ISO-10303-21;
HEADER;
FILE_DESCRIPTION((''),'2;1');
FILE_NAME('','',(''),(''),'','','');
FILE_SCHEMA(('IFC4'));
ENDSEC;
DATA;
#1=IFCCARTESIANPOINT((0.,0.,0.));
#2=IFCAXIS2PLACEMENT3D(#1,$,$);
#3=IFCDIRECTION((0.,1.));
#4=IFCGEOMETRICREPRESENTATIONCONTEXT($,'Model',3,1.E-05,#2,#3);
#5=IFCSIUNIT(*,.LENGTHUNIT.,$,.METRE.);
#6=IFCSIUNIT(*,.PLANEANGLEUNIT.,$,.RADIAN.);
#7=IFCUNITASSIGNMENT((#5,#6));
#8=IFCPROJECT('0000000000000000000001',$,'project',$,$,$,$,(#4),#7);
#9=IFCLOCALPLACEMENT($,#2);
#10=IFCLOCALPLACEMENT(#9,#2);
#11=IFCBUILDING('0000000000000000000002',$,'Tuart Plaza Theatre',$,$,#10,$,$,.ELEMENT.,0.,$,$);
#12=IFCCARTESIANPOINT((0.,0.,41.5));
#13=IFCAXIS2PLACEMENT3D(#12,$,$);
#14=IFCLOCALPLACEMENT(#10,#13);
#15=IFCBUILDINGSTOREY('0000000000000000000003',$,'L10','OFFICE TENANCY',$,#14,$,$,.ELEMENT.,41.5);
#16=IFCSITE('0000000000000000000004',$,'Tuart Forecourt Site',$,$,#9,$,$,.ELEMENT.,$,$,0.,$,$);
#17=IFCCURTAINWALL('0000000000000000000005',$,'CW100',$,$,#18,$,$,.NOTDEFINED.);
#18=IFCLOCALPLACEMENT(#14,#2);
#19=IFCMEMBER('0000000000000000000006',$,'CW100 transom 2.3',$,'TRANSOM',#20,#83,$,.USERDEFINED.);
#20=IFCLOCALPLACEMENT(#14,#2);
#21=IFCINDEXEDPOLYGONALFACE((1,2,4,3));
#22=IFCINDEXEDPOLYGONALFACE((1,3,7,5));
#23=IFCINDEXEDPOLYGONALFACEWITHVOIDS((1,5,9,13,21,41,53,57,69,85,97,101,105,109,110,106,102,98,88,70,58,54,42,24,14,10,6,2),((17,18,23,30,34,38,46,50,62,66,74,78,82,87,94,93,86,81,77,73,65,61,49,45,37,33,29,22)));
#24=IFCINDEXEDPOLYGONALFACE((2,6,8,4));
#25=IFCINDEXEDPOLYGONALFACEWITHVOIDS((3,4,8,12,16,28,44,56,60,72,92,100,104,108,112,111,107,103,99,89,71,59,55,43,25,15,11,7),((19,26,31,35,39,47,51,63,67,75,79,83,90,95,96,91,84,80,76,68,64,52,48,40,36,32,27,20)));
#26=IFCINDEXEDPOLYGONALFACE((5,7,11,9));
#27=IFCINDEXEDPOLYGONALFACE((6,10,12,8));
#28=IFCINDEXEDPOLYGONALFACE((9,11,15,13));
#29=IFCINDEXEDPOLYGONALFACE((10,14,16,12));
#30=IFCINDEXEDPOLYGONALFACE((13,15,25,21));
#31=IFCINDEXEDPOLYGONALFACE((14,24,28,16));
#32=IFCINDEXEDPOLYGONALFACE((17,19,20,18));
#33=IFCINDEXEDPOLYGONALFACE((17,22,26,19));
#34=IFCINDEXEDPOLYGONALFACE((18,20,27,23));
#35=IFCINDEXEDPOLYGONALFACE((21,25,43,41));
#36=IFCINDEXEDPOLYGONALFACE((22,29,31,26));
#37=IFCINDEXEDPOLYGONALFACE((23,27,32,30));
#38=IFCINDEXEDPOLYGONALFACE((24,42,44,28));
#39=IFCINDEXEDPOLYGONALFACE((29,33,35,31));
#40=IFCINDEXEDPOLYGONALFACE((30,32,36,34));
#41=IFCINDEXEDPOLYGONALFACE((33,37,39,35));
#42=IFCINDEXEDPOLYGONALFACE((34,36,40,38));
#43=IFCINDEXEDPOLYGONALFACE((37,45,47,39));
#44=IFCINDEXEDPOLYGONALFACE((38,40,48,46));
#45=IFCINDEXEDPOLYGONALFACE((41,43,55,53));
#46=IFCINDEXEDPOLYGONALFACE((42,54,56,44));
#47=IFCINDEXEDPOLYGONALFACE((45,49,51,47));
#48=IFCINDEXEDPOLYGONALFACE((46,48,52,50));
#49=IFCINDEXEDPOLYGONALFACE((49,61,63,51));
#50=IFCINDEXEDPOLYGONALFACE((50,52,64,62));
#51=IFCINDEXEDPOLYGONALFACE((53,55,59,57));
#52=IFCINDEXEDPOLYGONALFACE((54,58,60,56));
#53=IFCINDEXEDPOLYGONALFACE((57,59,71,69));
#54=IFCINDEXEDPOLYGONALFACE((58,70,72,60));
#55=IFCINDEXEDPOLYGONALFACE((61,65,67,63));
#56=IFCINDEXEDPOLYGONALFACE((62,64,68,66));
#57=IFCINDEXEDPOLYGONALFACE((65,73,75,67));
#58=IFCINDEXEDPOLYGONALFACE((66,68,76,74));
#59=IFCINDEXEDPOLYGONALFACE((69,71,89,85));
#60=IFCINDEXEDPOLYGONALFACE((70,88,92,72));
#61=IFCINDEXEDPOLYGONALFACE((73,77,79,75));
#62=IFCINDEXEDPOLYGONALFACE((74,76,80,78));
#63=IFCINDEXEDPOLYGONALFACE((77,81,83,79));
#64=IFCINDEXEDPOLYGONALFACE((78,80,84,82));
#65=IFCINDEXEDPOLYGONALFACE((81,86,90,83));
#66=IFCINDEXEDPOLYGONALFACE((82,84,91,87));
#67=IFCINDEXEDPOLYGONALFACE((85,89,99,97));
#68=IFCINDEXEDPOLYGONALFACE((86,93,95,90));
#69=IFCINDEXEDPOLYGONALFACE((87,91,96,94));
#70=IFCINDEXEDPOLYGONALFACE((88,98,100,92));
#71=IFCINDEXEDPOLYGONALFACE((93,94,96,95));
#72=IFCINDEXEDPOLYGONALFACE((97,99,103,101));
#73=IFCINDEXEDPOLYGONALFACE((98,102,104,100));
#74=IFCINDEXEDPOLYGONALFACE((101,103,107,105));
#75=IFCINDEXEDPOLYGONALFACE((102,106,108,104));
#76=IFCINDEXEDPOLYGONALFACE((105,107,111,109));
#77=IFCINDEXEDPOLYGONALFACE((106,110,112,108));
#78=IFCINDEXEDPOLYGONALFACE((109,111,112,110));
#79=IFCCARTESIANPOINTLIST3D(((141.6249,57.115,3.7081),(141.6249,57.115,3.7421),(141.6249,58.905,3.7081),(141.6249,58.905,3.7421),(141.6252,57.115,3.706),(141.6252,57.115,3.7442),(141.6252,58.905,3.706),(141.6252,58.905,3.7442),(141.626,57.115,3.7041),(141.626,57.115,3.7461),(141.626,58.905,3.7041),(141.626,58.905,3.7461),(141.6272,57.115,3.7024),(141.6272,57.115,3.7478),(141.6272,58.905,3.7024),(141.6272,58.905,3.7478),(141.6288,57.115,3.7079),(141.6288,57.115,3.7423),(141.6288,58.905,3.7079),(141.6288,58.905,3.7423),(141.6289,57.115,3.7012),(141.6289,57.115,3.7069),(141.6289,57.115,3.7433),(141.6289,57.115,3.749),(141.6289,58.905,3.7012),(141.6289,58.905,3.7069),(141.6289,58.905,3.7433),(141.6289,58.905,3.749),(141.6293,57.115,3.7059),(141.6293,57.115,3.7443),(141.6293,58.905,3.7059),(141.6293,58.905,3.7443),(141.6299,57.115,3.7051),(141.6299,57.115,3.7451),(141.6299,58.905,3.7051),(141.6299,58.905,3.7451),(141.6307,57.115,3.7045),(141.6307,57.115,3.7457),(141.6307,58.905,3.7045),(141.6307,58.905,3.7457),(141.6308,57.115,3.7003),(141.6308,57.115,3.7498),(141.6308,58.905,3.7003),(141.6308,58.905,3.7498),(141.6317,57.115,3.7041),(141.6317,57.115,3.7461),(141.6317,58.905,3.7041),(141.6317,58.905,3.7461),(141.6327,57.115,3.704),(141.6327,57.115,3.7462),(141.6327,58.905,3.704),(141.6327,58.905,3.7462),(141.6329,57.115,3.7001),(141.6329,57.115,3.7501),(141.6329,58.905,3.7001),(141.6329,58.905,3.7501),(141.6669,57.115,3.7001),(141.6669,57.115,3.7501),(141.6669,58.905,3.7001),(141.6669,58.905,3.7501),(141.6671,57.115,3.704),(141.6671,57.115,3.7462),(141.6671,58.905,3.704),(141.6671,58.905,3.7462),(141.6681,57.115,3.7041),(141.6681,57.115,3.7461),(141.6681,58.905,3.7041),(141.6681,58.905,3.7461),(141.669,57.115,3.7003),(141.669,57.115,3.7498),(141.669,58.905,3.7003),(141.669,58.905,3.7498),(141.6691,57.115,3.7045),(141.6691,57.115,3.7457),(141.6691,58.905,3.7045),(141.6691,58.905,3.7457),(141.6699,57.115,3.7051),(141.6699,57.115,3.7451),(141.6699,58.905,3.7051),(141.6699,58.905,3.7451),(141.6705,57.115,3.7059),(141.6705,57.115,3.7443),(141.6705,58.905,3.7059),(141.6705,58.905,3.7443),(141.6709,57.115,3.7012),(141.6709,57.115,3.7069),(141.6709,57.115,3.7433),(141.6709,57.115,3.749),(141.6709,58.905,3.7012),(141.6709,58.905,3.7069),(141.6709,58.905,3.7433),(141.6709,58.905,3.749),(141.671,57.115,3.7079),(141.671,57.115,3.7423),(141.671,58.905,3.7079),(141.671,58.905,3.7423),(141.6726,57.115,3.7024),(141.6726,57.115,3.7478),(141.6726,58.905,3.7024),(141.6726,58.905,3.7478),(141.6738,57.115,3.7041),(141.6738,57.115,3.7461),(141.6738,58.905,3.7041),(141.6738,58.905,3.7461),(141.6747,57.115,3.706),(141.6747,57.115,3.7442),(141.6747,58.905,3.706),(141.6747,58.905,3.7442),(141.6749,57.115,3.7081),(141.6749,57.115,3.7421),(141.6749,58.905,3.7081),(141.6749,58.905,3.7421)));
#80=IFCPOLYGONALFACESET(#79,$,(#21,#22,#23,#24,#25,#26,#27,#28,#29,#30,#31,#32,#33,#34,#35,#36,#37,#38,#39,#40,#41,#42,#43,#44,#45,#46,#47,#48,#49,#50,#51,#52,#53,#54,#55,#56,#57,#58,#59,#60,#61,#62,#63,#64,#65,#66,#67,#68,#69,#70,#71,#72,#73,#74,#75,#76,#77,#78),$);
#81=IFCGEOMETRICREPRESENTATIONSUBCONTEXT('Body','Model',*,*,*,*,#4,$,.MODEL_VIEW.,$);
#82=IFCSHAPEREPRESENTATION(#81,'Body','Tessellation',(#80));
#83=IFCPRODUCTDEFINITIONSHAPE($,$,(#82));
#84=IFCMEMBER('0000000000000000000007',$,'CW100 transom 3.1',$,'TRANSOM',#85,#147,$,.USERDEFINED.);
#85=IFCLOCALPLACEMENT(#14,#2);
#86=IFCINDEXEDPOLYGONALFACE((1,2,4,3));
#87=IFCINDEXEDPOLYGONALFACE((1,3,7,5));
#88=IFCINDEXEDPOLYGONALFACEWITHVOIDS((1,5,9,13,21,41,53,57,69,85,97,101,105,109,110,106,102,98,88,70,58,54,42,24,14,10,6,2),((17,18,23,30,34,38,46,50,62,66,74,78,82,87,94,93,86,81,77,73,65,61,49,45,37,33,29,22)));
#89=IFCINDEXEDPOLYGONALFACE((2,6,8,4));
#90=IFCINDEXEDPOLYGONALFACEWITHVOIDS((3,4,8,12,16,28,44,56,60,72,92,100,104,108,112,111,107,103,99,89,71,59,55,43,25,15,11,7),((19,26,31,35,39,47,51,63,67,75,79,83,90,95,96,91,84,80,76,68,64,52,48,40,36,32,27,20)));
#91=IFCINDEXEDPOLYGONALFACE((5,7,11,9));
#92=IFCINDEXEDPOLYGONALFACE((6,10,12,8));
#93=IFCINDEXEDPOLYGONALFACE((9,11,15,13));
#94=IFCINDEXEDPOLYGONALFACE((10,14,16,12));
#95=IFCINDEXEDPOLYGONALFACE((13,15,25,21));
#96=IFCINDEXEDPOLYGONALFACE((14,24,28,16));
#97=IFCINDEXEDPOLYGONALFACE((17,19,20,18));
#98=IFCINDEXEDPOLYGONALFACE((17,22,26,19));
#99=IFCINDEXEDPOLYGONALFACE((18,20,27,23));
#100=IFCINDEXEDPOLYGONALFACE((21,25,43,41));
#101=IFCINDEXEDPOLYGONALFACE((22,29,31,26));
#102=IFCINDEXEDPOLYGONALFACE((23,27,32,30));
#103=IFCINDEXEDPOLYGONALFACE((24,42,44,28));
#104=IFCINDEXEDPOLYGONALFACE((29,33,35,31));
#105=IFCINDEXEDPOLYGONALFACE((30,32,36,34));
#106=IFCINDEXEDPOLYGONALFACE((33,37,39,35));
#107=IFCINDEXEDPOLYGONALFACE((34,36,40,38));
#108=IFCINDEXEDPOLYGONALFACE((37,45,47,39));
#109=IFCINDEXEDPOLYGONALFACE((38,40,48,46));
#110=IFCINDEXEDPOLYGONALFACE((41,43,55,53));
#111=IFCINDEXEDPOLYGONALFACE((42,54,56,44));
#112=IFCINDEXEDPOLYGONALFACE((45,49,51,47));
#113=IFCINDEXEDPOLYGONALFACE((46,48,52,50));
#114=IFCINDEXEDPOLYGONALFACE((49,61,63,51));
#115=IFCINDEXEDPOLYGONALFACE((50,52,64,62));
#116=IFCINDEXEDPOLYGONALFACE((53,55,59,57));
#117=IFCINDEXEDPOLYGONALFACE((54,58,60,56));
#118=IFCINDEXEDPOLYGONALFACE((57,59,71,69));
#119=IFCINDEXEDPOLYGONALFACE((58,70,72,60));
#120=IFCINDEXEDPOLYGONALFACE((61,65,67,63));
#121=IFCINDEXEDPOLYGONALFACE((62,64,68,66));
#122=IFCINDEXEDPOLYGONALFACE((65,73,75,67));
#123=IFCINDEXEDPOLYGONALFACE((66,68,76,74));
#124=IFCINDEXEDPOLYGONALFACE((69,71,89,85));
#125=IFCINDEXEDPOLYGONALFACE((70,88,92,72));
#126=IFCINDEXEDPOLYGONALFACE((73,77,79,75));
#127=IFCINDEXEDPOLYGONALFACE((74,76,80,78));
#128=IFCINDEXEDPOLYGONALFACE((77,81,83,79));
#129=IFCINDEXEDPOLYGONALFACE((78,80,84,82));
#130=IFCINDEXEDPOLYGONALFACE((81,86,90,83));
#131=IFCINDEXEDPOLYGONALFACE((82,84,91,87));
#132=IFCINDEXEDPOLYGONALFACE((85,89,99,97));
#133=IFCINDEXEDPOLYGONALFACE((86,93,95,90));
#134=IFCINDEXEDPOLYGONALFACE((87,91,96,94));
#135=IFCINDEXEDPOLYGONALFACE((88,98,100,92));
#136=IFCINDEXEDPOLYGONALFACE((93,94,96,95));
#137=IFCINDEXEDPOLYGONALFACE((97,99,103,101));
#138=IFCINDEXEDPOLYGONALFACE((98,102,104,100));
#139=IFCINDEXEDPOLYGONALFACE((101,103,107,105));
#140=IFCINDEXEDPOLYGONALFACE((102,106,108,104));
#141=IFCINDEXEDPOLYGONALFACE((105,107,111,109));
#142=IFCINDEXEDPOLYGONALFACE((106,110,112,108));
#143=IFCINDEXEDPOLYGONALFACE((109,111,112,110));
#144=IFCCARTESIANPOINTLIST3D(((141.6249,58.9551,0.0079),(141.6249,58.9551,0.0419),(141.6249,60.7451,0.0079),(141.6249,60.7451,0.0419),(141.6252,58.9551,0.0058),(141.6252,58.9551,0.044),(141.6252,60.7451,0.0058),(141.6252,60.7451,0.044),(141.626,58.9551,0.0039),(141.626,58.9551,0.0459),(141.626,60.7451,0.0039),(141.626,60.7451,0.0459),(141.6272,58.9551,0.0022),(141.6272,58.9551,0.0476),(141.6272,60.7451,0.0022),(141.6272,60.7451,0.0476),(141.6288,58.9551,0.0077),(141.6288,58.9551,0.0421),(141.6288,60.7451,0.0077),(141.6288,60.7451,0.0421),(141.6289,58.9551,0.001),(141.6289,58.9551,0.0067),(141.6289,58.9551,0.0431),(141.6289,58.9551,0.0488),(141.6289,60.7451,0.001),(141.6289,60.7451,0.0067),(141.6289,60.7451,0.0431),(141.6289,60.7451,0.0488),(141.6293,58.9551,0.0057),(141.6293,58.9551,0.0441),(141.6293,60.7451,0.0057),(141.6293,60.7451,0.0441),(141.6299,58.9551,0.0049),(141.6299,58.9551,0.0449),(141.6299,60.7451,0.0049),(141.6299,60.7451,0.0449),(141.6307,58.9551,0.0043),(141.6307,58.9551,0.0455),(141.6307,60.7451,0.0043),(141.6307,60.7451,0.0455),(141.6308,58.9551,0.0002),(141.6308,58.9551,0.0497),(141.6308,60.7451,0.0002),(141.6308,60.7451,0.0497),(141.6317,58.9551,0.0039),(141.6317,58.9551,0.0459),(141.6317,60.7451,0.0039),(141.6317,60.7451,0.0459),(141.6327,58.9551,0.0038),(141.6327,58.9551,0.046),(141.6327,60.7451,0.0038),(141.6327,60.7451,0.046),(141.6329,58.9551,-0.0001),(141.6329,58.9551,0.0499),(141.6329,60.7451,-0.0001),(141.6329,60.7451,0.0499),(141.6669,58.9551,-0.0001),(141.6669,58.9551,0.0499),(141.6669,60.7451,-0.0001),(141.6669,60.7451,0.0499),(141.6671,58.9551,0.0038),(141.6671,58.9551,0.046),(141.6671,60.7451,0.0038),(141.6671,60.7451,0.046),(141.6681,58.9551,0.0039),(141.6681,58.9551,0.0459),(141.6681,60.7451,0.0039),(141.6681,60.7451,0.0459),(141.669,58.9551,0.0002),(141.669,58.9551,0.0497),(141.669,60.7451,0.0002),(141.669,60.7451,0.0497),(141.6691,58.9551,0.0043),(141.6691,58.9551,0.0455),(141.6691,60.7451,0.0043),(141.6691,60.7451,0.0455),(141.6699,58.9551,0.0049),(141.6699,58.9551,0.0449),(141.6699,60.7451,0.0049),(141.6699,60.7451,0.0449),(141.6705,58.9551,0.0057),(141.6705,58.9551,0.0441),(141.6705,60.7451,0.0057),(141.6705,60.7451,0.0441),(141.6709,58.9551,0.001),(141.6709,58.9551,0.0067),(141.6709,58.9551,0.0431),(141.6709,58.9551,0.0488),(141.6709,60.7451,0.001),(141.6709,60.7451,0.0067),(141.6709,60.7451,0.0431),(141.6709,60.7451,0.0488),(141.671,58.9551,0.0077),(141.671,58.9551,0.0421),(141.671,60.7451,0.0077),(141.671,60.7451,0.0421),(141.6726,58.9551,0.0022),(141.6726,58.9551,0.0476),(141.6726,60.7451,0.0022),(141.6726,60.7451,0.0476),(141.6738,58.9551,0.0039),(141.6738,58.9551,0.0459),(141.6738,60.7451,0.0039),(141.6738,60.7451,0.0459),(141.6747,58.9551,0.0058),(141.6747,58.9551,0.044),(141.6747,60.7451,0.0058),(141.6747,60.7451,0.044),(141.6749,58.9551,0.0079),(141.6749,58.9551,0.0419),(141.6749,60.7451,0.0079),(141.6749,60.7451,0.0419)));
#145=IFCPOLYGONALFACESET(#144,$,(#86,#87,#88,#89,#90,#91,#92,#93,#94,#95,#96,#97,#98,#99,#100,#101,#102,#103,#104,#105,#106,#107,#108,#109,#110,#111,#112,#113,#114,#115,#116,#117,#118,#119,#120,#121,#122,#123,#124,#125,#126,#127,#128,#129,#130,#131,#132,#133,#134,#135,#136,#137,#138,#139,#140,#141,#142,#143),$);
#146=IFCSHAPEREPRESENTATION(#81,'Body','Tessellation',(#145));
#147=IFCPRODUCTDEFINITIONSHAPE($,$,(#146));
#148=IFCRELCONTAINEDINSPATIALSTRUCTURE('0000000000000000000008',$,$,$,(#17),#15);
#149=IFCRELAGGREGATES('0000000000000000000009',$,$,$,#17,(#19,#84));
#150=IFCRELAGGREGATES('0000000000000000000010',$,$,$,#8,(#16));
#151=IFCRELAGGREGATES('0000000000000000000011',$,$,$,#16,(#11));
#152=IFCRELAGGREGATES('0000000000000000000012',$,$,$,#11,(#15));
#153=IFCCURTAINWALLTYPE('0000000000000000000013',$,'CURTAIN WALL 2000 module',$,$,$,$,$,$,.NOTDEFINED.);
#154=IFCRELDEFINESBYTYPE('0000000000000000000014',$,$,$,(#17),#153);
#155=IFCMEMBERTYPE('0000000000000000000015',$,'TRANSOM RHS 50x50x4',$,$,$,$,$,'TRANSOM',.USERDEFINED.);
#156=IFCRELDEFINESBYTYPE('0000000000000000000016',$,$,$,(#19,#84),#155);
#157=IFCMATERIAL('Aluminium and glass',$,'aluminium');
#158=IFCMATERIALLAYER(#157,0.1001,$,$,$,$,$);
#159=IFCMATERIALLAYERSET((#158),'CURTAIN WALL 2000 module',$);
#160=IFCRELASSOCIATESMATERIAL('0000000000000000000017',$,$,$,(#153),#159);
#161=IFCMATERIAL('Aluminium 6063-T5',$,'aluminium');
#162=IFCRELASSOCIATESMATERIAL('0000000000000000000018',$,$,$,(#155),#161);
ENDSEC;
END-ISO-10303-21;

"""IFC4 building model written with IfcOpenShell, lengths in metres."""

from ifc_helpers import new_model, si_unit, direction, frame, origin, origin_2d, place, context, subcontext, project, spatial, hollow_rectangle, extrude, material, layer, layer_set, material_profile, profile_set, type_object, element, aggregate, save


model = new_model("IFC4")

# Units and contexts
model_context = context("Model", 3, precision=1e-05, world=origin(), true_north=direction((0.0, 1.0)))
body_context = subcontext(model_context, "Body", "Model", "MODEL_VIEW")
ifc_project = project(units=[si_unit("LENGTHUNIT", "METRE"), si_unit("PLANEANGLEUNIT", "RADIAN")], contexts=[model_context])

# Site, building, storey
site_placement = place(None, origin())
site = spatial("IfcSite", under=ifc_project, at=site_placement, Name="Tuart Forecourt Site", CompositionType="ELEMENT", RefElevation=0.0)
building_placement = place(site_placement, origin())
building = spatial("IfcBuilding", under=site, at=building_placement, Name="Tuart Plaza Theatre", CompositionType="ELEMENT", ElevationOfRefHeight=0.0)
storey_placement = place(building_placement, frame((0.0, 0.0, 41.5)))
storey = spatial("IfcBuildingStorey", under=building, at=storey_placement, Name="L10", Description="OFFICE TENANCY", CompositionType="ELEMENT", Elevation=41.5)

# Curtain wall
ifc_material_1 = material(Name="Aluminium and glass", Category="aluminium")
ifc_layer_1 = layer(ifc_material_1, 0.1001)
ifc_layer_set_1 = layer_set([ifc_layer_1], Name="CURTAIN WALL 2000 module")
curtain_wall_type = type_object("IfcCurtainWallType", Name="CURTAIN WALL 2000 module", PredefinedType="NOTDEFINED", material=ifc_layer_set_1)
curtain_wall_1_placement = place(storey_placement, origin())
curtain_wall_1 = element("IfcCurtainWall", 1, at=curtain_wall_1_placement, inside=storey, type_object=curtain_wall_type, Name="CW100", PredefinedType="NOTDEFINED")

# Members
ifc_material_2 = material(Name="Aluminium 6063-T5", Category="aluminium")
ifc_material_profile_1 = material_profile(ifc_material_2, hollow_rectangle(XDim=0.05, YDim=0.05, WallThickness=0.0039, InnerFilletRadius=0.0039, OuterFilletRadius=0.0081, at=origin_2d()), Name="RHS 50x50x4")
ifc_profile_set_1 = profile_set([ifc_material_profile_1], Name="Aluminium 6063-T5")
member_type_1 = type_object("IfcMemberType", Name="TRANSOM RHS 50x50x4", ElementType="TRANSOM", PredefinedType="USERDEFINED", material=ifc_profile_set_1)
member_1_placement = place(storey_placement, frame((141.6499, 57.115, 3.7251), z_axis=(0.0, 1.0, 0.0), x_axis=(-1.0, 0.0, 0.0)))
member_1 = element("IfcMember", 2, at=member_1_placement, type_object=member_type_1, Name="CW100 transom 2.3", ObjectType="TRANSOM", PredefinedType="USERDEFINED", context=body_context, shape_type="SweptSolid", body=[
    extrude(hollow_rectangle(XDim=0.05, YDim=0.05, WallThickness=0.0039, InnerFilletRadius=0.0039, OuterFilletRadius=0.0081, at=origin_2d()), origin(), (0.0, 0.0, 1.0), 1.79),
])
member_2_placement = place(storey_placement, frame((141.6499, 58.9551, 0.0249), z_axis=(0.0, 1.0, 0.0), x_axis=(-1.0, 0.0, 0.0)))
member_2 = element("IfcMember", 3, at=member_2_placement, type_object=member_type_1, Name="CW100 transom 3.1", ObjectType="TRANSOM", PredefinedType="USERDEFINED", context=body_context, shape_type="SweptSolid", body=[
    extrude(hollow_rectangle(XDim=0.05, YDim=0.05, WallThickness=0.0039, InnerFilletRadius=0.0039, OuterFilletRadius=0.0081, at=origin_2d()), origin(), (0.0, 0.0, 1.0), 1.79),
])

aggregate(curtain_wall_1, [member_1, member_2])

save(model, "model.ifc")
